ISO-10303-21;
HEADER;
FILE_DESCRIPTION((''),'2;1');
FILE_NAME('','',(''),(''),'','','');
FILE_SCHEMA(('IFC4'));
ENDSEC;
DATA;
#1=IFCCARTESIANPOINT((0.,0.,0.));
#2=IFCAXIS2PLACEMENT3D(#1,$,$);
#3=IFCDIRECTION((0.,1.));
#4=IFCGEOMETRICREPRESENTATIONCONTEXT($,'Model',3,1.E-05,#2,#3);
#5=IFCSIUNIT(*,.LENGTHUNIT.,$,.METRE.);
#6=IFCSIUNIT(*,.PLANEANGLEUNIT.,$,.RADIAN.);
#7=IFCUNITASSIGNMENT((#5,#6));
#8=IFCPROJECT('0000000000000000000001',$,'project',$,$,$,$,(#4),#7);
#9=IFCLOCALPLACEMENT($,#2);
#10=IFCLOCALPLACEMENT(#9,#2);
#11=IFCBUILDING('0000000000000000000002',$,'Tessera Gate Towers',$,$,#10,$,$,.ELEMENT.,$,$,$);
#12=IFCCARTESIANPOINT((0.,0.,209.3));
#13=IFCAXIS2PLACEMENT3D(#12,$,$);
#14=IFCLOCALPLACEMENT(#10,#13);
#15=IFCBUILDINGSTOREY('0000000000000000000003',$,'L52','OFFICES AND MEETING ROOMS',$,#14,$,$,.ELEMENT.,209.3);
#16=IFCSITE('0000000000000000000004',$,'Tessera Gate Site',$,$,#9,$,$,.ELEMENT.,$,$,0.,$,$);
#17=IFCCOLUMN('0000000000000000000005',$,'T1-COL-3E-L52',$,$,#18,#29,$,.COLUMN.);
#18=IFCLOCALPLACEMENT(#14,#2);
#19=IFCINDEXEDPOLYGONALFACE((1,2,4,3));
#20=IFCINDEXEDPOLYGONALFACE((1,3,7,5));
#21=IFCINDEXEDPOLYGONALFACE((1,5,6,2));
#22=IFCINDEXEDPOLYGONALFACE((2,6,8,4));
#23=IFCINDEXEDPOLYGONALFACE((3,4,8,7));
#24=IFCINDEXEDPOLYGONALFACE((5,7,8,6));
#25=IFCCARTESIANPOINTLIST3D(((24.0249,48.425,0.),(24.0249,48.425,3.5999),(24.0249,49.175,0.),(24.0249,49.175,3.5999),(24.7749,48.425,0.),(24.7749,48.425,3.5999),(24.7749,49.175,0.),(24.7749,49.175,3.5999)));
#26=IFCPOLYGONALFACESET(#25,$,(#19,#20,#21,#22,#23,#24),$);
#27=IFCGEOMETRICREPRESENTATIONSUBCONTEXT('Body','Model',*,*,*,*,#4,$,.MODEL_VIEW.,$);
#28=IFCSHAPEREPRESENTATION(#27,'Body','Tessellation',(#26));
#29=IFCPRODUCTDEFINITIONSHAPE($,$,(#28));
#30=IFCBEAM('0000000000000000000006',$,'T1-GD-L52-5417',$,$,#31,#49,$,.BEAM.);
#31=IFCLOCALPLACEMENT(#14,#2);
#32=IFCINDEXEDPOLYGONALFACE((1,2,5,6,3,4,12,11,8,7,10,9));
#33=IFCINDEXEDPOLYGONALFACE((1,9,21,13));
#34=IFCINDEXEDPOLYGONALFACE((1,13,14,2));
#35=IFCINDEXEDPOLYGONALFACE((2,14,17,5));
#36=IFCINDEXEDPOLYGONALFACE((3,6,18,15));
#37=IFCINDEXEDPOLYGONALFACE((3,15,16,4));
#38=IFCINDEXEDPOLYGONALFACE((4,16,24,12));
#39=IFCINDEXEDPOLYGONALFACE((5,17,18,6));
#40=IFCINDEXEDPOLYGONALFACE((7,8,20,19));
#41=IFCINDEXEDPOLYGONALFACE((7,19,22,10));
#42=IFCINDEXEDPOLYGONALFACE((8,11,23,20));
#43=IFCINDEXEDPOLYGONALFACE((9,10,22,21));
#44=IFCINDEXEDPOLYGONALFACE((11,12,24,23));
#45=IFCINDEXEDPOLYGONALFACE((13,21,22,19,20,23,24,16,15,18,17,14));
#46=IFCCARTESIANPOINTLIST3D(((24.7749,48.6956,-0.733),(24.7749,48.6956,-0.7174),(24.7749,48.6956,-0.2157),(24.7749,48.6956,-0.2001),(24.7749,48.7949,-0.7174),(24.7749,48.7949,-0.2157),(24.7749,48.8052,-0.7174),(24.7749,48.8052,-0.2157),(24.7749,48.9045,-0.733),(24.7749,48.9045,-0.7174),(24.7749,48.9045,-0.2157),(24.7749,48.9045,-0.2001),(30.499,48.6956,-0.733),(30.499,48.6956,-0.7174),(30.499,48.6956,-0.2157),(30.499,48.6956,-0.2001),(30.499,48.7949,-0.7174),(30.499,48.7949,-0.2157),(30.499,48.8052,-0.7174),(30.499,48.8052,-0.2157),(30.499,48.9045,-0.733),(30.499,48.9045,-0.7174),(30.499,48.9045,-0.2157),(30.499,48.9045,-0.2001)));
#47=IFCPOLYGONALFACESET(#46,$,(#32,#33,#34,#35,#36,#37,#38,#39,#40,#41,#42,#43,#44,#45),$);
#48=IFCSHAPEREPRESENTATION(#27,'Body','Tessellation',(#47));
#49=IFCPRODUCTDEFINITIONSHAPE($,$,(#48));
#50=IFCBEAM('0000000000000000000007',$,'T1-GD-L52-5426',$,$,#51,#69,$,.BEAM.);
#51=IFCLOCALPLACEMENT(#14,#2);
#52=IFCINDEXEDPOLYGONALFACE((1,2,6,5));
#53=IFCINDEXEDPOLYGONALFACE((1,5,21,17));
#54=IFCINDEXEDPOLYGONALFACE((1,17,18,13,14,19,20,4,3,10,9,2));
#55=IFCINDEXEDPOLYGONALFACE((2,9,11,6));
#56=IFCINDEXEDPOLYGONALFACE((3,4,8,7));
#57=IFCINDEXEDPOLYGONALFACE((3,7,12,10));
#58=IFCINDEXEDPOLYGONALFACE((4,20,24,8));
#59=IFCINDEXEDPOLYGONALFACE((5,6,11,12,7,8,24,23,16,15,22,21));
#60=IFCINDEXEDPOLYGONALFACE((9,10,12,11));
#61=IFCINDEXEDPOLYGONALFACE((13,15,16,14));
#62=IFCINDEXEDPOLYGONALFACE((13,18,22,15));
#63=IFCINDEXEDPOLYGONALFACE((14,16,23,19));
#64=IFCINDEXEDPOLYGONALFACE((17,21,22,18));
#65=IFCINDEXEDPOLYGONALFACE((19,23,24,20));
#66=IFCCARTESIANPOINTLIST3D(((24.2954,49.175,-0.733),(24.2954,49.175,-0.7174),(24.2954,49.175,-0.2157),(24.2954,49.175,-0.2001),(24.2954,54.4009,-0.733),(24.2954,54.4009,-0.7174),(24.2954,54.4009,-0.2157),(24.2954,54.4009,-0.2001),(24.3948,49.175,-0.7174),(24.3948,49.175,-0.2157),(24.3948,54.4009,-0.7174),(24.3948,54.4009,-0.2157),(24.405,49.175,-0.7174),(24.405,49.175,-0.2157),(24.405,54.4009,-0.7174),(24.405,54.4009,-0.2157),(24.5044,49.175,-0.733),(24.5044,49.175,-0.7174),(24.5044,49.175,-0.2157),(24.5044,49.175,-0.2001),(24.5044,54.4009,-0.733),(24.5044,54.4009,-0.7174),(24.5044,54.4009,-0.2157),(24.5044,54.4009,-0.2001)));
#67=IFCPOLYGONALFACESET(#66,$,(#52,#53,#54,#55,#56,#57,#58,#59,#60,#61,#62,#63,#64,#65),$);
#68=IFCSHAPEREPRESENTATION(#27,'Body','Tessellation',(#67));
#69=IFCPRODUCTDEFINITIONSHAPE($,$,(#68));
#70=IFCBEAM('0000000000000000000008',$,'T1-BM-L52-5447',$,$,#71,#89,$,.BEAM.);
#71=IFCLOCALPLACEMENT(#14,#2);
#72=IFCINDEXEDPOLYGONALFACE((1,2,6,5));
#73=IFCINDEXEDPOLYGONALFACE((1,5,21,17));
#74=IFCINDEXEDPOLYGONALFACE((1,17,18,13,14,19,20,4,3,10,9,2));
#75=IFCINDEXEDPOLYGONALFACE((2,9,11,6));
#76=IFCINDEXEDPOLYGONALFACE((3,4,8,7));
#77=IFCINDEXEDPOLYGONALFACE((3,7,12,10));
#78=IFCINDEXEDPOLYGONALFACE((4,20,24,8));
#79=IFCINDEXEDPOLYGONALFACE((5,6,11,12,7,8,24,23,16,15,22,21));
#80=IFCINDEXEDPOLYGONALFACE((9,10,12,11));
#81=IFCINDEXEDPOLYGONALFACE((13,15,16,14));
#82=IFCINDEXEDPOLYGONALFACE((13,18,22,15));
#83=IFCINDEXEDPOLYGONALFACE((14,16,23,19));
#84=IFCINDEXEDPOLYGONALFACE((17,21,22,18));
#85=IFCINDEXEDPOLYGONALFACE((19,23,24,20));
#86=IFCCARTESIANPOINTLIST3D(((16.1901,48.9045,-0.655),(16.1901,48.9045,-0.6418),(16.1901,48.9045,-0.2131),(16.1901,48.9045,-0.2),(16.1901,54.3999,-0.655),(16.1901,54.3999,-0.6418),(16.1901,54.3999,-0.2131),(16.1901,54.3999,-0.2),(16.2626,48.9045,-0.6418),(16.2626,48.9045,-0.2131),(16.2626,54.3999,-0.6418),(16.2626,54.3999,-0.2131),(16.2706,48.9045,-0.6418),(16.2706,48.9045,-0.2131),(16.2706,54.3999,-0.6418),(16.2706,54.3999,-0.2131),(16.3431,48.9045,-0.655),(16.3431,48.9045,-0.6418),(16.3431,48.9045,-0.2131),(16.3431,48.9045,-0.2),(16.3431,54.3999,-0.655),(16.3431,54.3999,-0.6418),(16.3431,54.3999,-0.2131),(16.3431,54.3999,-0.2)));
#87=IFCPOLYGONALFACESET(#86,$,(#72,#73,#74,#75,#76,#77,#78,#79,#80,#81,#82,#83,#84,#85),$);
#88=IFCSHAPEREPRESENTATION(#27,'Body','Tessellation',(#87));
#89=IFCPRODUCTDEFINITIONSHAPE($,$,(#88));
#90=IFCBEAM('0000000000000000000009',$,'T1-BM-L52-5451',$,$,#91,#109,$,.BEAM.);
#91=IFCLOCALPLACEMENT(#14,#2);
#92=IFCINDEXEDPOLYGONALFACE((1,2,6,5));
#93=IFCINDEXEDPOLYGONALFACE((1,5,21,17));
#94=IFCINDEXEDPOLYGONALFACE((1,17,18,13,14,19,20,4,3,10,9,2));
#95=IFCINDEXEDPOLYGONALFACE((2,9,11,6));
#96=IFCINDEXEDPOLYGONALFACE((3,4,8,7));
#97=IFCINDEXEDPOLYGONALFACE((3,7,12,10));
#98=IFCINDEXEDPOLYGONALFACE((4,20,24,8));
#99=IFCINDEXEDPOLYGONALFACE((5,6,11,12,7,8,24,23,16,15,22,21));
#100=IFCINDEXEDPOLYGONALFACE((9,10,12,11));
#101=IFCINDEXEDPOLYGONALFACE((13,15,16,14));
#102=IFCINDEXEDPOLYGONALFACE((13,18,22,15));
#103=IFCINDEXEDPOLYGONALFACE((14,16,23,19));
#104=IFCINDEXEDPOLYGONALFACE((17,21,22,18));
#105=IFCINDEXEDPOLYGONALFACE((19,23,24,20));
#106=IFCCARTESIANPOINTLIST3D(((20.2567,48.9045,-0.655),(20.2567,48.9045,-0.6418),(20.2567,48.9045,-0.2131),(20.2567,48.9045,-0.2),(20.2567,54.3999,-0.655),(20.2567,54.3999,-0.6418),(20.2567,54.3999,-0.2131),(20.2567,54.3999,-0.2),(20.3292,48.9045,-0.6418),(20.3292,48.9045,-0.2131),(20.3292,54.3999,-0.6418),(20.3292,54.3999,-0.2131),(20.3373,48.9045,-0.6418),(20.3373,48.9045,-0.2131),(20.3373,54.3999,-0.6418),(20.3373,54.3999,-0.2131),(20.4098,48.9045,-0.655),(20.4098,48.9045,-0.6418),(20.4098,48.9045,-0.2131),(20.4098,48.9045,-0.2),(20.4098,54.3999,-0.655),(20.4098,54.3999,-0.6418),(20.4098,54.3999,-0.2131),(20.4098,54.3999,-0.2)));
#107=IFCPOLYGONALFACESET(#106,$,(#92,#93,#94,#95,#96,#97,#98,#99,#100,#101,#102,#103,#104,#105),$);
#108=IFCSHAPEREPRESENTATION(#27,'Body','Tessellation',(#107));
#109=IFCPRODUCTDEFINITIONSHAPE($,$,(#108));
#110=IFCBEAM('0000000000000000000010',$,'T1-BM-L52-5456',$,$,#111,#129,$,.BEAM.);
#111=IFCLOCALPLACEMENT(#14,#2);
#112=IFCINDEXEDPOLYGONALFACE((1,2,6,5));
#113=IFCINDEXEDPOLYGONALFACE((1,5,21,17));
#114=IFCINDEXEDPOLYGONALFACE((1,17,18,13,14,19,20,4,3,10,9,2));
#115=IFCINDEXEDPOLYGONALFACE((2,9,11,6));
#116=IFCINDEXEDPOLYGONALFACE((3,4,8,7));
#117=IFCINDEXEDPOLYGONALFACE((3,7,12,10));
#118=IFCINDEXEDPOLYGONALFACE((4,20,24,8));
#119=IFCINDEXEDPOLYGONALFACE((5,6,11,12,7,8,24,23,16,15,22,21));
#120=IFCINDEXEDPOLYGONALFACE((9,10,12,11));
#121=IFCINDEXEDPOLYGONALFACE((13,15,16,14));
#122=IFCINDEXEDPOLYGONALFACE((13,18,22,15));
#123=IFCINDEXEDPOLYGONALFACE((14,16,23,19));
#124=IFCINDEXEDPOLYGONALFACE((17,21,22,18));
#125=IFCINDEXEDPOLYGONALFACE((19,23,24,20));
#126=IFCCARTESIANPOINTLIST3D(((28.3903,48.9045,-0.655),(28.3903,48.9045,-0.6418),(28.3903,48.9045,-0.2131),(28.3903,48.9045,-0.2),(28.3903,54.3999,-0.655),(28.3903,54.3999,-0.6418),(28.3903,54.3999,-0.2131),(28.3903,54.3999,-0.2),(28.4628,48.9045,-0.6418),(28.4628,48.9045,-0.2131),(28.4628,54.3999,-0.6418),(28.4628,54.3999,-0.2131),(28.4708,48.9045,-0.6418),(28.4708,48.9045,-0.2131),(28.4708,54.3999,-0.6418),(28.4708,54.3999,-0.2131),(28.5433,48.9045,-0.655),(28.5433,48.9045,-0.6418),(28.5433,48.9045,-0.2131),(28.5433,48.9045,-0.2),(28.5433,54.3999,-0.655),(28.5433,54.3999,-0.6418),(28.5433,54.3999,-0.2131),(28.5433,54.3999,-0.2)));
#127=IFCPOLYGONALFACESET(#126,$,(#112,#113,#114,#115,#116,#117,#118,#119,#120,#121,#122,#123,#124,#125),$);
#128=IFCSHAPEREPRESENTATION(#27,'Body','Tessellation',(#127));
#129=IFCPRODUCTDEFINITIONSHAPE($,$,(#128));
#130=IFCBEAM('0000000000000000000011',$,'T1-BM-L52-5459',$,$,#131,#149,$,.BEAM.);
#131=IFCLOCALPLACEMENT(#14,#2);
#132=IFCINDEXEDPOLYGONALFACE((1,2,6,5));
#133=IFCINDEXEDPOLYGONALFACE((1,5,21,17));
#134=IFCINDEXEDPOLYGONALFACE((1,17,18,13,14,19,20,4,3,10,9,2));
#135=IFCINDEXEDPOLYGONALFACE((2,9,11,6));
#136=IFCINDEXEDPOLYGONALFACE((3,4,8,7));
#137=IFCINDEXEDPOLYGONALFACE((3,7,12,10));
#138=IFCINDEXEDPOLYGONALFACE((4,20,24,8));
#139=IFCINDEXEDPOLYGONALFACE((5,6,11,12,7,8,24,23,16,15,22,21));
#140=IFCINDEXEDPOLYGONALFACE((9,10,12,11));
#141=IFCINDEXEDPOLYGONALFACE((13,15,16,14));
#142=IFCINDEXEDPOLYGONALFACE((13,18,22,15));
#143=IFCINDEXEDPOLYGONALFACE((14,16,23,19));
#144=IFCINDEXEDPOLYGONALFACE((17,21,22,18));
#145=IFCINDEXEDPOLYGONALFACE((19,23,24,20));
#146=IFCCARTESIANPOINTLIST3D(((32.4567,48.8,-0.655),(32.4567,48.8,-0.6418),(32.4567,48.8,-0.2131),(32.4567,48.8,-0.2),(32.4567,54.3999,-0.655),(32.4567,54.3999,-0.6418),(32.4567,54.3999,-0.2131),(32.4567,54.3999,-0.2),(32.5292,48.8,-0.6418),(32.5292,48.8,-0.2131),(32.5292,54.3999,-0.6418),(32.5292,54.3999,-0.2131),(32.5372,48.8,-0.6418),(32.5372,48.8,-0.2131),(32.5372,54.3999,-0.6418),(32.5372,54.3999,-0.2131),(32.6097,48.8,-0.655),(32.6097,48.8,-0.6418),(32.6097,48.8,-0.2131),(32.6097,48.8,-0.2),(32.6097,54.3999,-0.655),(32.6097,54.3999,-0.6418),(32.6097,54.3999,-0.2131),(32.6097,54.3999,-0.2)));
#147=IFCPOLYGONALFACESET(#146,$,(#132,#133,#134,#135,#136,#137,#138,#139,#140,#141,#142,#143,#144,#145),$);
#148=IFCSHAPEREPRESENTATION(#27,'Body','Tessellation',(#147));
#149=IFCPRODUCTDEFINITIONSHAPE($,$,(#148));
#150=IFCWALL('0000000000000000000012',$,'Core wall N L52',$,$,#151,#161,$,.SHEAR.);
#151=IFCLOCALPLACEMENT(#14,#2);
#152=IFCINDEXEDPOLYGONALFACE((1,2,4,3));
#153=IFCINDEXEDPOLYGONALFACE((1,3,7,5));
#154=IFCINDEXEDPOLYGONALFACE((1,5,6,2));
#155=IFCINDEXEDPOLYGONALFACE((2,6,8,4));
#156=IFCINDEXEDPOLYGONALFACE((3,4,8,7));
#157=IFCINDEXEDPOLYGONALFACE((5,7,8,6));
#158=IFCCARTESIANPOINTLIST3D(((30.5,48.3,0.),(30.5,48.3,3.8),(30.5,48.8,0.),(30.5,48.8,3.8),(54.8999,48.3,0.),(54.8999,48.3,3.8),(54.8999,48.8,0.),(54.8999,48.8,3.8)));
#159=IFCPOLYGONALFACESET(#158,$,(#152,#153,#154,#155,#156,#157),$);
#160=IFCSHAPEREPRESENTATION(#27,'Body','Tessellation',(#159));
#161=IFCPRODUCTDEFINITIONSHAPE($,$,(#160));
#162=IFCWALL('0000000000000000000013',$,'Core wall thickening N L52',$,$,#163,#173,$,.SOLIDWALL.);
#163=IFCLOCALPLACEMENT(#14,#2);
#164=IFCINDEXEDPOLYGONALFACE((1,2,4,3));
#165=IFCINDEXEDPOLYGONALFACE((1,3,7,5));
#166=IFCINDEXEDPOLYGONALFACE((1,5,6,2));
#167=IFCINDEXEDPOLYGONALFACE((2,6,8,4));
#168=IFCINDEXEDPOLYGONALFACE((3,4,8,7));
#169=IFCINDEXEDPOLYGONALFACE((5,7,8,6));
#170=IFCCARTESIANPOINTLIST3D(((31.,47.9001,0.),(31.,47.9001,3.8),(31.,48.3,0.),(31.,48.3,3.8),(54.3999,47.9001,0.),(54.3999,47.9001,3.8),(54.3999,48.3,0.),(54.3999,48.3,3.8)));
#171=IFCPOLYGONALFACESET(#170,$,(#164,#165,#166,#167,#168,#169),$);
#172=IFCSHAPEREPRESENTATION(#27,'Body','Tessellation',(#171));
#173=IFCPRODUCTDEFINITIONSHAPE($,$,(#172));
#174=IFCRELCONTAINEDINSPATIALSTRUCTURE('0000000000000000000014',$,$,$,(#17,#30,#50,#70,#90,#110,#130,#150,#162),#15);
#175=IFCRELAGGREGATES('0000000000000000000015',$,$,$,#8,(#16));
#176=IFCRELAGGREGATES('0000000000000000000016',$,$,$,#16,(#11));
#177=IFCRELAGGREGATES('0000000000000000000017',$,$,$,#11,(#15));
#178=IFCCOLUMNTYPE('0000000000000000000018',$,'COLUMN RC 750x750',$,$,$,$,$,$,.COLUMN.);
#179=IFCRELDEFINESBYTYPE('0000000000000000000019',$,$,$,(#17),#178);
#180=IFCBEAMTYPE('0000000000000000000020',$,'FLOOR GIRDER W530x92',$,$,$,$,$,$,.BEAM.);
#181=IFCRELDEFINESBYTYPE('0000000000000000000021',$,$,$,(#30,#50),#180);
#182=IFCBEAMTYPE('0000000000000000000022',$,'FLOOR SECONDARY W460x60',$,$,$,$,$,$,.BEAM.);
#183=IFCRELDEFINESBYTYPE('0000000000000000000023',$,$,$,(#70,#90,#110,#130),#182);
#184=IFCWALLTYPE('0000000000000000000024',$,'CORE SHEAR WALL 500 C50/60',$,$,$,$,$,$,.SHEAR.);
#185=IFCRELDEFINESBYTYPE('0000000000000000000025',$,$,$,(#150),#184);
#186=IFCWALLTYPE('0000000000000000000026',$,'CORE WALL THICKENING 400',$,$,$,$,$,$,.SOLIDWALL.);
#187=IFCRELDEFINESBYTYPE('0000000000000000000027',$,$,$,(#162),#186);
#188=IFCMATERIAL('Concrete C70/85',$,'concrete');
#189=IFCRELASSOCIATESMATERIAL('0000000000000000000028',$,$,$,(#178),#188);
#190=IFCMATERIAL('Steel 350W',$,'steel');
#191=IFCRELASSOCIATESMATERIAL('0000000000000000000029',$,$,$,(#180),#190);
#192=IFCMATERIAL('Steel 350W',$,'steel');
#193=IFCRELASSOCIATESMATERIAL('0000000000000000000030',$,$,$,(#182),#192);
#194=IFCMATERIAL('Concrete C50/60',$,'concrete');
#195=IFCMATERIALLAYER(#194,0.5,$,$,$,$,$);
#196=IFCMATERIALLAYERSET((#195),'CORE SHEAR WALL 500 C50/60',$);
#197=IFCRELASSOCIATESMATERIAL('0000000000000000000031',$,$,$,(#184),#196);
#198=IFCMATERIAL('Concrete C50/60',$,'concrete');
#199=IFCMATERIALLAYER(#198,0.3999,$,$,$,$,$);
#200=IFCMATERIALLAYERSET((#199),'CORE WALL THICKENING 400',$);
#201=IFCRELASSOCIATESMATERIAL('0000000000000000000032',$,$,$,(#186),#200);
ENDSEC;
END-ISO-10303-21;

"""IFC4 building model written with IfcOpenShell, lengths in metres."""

from ifc_helpers import new_model, si_unit, direction, frame, frame_2d, origin, origin_2d, place, context, subcontext, project, spatial, rectangle, i_section, extrude, material, layer, layer_set, material_profile, profile_set, type_object, element, save


model = new_model("IFC4")

# Units and contexts
model_context = context("Model", 3, precision=1e-05, world=origin(), true_north=direction((0.0, 1.0)))
body_context = subcontext(model_context, "Body", "Model", "MODEL_VIEW")
ifc_project = project(units=[si_unit("LENGTHUNIT", "METRE"), si_unit("PLANEANGLEUNIT", "RADIAN")], contexts=[model_context])

# Site, building, storey
site_placement = place(None, origin())
site = spatial("IfcSite", under=ifc_project, at=site_placement, Name="Tessera Gate Site", CompositionType="ELEMENT", RefElevation=0.0)
building_placement = place(site_placement, origin())
building = spatial("IfcBuilding", under=site, at=building_placement, Name="Tessera Gate Towers", CompositionType="ELEMENT")
storey_placement = place(building_placement, frame((0.0, 0.0, 209.3)))
storey = spatial("IfcBuildingStorey", under=building, at=storey_placement, Name="L52", Description="OFFICES AND MEETING ROOMS", CompositionType="ELEMENT", Elevation=209.3)

# Column
ifc_material_1 = material(Name="Concrete C70/85", Category="concrete")
ifc_material_profile_1 = material_profile(ifc_material_1, rectangle(XDim=0.75, YDim=0.75, at=origin_2d()), Name="RC 750x750")
ifc_profile_set_1 = profile_set([ifc_material_profile_1], Name="Concrete C70/85")
column_type = type_object("IfcColumnType", Name="COLUMN RC 750x750", PredefinedType="COLUMN", material=ifc_profile_set_1)
column_placement = place(storey_placement, frame((24.3999, 48.8, 0.0), z_axis=(0.0, 0.0, 1.0), x_axis=(1.0, 0.0, 0.0)))
element("IfcColumn", 1, at=column_placement, inside=storey, type_object=column_type, Name="T1-COL-3E-L52", PredefinedType="COLUMN", context=body_context, shape_type="SweptSolid", body=[
    extrude(rectangle(XDim=0.75, YDim=0.75, at=origin_2d()), origin(), (0.0, 0.0, 1.0), 3.5999),
])

# Beams
ifc_material_2 = material(Name="Steel 350W", Category="steel")
ifc_material_profile_2 = material_profile(ifc_material_2, i_section(OverallWidth=0.209, OverallDepth=0.533, WebThickness=0.0103, FlangeThickness=0.0156, at=origin_2d()), Name="W530x92")
ifc_profile_set_2 = profile_set([ifc_material_profile_2], Name="Steel 350W")
beam_type_1 = type_object("IfcBeamType", Name="FLOOR GIRDER W530x92", PredefinedType="BEAM", material=ifc_profile_set_2)
beam_1_placement = place(storey_placement, frame((24.7749, 48.8, -0.4666), z_axis=(1.0, 0.0, 0.0), x_axis=(0.0, 1.0, 0.0)))
element("IfcBeam", 2, at=beam_1_placement, inside=storey, type_object=beam_type_1, Name="T1-GD-L52-5417", PredefinedType="BEAM", context=body_context, shape_type="SweptSolid", body=[
    extrude(i_section(OverallWidth=0.209, OverallDepth=0.533, WebThickness=0.0103, FlangeThickness=0.0156, at=origin_2d()), origin(), (0.0, 0.0, 1.0), 5.7241),
])
beam_2_placement = place(storey_placement, frame((24.3999, 49.175, -0.4666), z_axis=(0.0, 1.0, 0.0), x_axis=(-1.0, 0.0, 0.0)))
element("IfcBeam", 3, at=beam_2_placement, inside=storey, type_object=beam_type_1, Name="T1-GD-L52-5426", PredefinedType="BEAM", context=body_context, shape_type="SweptSolid", body=[
    extrude(i_section(OverallWidth=0.209, OverallDepth=0.533, WebThickness=0.0103, FlangeThickness=0.0156, at=origin_2d()), origin(), (0.0, 0.0, 1.0), 5.2258),
])
ifc_material_3 = material(Name="Steel 350W", Category="steel")
ifc_material_profile_3 = material_profile(ifc_material_3, i_section(OverallWidth=0.1531, OverallDepth=0.4551, WebThickness=0.0081, FlangeThickness=0.0132, at=origin_2d()), Name="W460x60")
ifc_profile_set_3 = profile_set([ifc_material_profile_3], Name="Steel 350W")
beam_type_2 = type_object("IfcBeamType", Name="FLOOR SECONDARY W460x60", PredefinedType="BEAM", material=ifc_profile_set_3)
for number, where, z_axis, x_axis, name in (
    (4, (16.2666, 48.9045, -0.4275), (0.0, 1.0, 0.0), (-1.0, 0.0, 0.0), "T1-BM-L52-5447"),
    (5, (20.3333, 48.9045, -0.4275), (0.0, 1.0, 0.0), (-1.0, 0.0, 0.0), "T1-BM-L52-5451"),
    (6, (28.4668, 48.9045, -0.4275), (0.0, 1.0, 0.0), (-1.0, 0.0, 0.0), "T1-BM-L52-5456"),
):
    element("IfcBeam", number, at=place(storey_placement, frame(where, z_axis=z_axis, x_axis=x_axis)), inside=storey, type_object=beam_type_2, Name=name, PredefinedType="BEAM", context=body_context, shape_type="SweptSolid", body=[
        extrude(i_section(OverallWidth=0.1531, OverallDepth=0.4551, WebThickness=0.0081, FlangeThickness=0.0132, at=origin_2d()), origin(), (0.0, 0.0, 1.0), 5.4954),
    ])
beam_3_placement = place(storey_placement, frame((32.5332, 48.8, -0.4275), z_axis=(0.0, 1.0, 0.0), x_axis=(-1.0, 0.0, 0.0)))
element("IfcBeam", 7, at=beam_3_placement, inside=storey, type_object=beam_type_2, Name="T1-BM-L52-5459", PredefinedType="BEAM", context=body_context, shape_type="SweptSolid", body=[
    extrude(i_section(OverallWidth=0.1531, OverallDepth=0.4551, WebThickness=0.0081, FlangeThickness=0.0132, at=origin_2d()), origin(), (0.0, 0.0, 1.0), 5.5999),
])

# Walls
ifc_material_4 = material(Name="Concrete C50/60", Category="concrete")
ifc_layer_1 = layer(ifc_material_4, 0.5)
ifc_layer_set_1 = layer_set([ifc_layer_1], Name="CORE SHEAR WALL 500 C50/60")
wall_type_1 = type_object("IfcWallType", Name="CORE SHEAR WALL 500 C50/60", PredefinedType="SHEAR", material=ifc_layer_set_1)
wall_1_placement = place(storey_placement, frame((30.5, 48.55, 0.0), z_axis=(0.0, 0.0, 1.0), x_axis=(1.0, 0.0, 0.0)))
element("IfcWall", 8, at=wall_1_placement, inside=storey, type_object=wall_type_1, Name="Core wall N L52", PredefinedType="SHEAR", context=body_context, shape_type="SweptSolid", body=[
    extrude(rectangle(XDim=24.3999, YDim=0.5, at=frame_2d((12.2, 0.0))), origin(), (0.0, 0.0, 1.0), 3.8),
])
ifc_material_5 = material(Name="Concrete C50/60", Category="concrete")
ifc_layer_2 = layer(ifc_material_5, 0.3999)
ifc_layer_set_2 = layer_set([ifc_layer_2], Name="CORE WALL THICKENING 400")
wall_type_2 = type_object("IfcWallType", Name="CORE WALL THICKENING 400", PredefinedType="SOLIDWALL", material=ifc_layer_set_2)
wall_2_placement = place(storey_placement, frame((31.0, 48.1001, 0.0), z_axis=(0.0, 0.0, 1.0), x_axis=(1.0, 0.0, 0.0)))
element("IfcWall", 9, at=wall_2_placement, inside=storey, type_object=wall_type_2, Name="Core wall thickening N L52", PredefinedType="SOLIDWALL", context=body_context, shape_type="SweptSolid", body=[
    extrude(rectangle(XDim=23.3999, YDim=0.3999, at=frame_2d((11.7, 0.0))), origin(), (0.0, 0.0, 1.0), 3.8),
])

save(model, "model.ifc")
